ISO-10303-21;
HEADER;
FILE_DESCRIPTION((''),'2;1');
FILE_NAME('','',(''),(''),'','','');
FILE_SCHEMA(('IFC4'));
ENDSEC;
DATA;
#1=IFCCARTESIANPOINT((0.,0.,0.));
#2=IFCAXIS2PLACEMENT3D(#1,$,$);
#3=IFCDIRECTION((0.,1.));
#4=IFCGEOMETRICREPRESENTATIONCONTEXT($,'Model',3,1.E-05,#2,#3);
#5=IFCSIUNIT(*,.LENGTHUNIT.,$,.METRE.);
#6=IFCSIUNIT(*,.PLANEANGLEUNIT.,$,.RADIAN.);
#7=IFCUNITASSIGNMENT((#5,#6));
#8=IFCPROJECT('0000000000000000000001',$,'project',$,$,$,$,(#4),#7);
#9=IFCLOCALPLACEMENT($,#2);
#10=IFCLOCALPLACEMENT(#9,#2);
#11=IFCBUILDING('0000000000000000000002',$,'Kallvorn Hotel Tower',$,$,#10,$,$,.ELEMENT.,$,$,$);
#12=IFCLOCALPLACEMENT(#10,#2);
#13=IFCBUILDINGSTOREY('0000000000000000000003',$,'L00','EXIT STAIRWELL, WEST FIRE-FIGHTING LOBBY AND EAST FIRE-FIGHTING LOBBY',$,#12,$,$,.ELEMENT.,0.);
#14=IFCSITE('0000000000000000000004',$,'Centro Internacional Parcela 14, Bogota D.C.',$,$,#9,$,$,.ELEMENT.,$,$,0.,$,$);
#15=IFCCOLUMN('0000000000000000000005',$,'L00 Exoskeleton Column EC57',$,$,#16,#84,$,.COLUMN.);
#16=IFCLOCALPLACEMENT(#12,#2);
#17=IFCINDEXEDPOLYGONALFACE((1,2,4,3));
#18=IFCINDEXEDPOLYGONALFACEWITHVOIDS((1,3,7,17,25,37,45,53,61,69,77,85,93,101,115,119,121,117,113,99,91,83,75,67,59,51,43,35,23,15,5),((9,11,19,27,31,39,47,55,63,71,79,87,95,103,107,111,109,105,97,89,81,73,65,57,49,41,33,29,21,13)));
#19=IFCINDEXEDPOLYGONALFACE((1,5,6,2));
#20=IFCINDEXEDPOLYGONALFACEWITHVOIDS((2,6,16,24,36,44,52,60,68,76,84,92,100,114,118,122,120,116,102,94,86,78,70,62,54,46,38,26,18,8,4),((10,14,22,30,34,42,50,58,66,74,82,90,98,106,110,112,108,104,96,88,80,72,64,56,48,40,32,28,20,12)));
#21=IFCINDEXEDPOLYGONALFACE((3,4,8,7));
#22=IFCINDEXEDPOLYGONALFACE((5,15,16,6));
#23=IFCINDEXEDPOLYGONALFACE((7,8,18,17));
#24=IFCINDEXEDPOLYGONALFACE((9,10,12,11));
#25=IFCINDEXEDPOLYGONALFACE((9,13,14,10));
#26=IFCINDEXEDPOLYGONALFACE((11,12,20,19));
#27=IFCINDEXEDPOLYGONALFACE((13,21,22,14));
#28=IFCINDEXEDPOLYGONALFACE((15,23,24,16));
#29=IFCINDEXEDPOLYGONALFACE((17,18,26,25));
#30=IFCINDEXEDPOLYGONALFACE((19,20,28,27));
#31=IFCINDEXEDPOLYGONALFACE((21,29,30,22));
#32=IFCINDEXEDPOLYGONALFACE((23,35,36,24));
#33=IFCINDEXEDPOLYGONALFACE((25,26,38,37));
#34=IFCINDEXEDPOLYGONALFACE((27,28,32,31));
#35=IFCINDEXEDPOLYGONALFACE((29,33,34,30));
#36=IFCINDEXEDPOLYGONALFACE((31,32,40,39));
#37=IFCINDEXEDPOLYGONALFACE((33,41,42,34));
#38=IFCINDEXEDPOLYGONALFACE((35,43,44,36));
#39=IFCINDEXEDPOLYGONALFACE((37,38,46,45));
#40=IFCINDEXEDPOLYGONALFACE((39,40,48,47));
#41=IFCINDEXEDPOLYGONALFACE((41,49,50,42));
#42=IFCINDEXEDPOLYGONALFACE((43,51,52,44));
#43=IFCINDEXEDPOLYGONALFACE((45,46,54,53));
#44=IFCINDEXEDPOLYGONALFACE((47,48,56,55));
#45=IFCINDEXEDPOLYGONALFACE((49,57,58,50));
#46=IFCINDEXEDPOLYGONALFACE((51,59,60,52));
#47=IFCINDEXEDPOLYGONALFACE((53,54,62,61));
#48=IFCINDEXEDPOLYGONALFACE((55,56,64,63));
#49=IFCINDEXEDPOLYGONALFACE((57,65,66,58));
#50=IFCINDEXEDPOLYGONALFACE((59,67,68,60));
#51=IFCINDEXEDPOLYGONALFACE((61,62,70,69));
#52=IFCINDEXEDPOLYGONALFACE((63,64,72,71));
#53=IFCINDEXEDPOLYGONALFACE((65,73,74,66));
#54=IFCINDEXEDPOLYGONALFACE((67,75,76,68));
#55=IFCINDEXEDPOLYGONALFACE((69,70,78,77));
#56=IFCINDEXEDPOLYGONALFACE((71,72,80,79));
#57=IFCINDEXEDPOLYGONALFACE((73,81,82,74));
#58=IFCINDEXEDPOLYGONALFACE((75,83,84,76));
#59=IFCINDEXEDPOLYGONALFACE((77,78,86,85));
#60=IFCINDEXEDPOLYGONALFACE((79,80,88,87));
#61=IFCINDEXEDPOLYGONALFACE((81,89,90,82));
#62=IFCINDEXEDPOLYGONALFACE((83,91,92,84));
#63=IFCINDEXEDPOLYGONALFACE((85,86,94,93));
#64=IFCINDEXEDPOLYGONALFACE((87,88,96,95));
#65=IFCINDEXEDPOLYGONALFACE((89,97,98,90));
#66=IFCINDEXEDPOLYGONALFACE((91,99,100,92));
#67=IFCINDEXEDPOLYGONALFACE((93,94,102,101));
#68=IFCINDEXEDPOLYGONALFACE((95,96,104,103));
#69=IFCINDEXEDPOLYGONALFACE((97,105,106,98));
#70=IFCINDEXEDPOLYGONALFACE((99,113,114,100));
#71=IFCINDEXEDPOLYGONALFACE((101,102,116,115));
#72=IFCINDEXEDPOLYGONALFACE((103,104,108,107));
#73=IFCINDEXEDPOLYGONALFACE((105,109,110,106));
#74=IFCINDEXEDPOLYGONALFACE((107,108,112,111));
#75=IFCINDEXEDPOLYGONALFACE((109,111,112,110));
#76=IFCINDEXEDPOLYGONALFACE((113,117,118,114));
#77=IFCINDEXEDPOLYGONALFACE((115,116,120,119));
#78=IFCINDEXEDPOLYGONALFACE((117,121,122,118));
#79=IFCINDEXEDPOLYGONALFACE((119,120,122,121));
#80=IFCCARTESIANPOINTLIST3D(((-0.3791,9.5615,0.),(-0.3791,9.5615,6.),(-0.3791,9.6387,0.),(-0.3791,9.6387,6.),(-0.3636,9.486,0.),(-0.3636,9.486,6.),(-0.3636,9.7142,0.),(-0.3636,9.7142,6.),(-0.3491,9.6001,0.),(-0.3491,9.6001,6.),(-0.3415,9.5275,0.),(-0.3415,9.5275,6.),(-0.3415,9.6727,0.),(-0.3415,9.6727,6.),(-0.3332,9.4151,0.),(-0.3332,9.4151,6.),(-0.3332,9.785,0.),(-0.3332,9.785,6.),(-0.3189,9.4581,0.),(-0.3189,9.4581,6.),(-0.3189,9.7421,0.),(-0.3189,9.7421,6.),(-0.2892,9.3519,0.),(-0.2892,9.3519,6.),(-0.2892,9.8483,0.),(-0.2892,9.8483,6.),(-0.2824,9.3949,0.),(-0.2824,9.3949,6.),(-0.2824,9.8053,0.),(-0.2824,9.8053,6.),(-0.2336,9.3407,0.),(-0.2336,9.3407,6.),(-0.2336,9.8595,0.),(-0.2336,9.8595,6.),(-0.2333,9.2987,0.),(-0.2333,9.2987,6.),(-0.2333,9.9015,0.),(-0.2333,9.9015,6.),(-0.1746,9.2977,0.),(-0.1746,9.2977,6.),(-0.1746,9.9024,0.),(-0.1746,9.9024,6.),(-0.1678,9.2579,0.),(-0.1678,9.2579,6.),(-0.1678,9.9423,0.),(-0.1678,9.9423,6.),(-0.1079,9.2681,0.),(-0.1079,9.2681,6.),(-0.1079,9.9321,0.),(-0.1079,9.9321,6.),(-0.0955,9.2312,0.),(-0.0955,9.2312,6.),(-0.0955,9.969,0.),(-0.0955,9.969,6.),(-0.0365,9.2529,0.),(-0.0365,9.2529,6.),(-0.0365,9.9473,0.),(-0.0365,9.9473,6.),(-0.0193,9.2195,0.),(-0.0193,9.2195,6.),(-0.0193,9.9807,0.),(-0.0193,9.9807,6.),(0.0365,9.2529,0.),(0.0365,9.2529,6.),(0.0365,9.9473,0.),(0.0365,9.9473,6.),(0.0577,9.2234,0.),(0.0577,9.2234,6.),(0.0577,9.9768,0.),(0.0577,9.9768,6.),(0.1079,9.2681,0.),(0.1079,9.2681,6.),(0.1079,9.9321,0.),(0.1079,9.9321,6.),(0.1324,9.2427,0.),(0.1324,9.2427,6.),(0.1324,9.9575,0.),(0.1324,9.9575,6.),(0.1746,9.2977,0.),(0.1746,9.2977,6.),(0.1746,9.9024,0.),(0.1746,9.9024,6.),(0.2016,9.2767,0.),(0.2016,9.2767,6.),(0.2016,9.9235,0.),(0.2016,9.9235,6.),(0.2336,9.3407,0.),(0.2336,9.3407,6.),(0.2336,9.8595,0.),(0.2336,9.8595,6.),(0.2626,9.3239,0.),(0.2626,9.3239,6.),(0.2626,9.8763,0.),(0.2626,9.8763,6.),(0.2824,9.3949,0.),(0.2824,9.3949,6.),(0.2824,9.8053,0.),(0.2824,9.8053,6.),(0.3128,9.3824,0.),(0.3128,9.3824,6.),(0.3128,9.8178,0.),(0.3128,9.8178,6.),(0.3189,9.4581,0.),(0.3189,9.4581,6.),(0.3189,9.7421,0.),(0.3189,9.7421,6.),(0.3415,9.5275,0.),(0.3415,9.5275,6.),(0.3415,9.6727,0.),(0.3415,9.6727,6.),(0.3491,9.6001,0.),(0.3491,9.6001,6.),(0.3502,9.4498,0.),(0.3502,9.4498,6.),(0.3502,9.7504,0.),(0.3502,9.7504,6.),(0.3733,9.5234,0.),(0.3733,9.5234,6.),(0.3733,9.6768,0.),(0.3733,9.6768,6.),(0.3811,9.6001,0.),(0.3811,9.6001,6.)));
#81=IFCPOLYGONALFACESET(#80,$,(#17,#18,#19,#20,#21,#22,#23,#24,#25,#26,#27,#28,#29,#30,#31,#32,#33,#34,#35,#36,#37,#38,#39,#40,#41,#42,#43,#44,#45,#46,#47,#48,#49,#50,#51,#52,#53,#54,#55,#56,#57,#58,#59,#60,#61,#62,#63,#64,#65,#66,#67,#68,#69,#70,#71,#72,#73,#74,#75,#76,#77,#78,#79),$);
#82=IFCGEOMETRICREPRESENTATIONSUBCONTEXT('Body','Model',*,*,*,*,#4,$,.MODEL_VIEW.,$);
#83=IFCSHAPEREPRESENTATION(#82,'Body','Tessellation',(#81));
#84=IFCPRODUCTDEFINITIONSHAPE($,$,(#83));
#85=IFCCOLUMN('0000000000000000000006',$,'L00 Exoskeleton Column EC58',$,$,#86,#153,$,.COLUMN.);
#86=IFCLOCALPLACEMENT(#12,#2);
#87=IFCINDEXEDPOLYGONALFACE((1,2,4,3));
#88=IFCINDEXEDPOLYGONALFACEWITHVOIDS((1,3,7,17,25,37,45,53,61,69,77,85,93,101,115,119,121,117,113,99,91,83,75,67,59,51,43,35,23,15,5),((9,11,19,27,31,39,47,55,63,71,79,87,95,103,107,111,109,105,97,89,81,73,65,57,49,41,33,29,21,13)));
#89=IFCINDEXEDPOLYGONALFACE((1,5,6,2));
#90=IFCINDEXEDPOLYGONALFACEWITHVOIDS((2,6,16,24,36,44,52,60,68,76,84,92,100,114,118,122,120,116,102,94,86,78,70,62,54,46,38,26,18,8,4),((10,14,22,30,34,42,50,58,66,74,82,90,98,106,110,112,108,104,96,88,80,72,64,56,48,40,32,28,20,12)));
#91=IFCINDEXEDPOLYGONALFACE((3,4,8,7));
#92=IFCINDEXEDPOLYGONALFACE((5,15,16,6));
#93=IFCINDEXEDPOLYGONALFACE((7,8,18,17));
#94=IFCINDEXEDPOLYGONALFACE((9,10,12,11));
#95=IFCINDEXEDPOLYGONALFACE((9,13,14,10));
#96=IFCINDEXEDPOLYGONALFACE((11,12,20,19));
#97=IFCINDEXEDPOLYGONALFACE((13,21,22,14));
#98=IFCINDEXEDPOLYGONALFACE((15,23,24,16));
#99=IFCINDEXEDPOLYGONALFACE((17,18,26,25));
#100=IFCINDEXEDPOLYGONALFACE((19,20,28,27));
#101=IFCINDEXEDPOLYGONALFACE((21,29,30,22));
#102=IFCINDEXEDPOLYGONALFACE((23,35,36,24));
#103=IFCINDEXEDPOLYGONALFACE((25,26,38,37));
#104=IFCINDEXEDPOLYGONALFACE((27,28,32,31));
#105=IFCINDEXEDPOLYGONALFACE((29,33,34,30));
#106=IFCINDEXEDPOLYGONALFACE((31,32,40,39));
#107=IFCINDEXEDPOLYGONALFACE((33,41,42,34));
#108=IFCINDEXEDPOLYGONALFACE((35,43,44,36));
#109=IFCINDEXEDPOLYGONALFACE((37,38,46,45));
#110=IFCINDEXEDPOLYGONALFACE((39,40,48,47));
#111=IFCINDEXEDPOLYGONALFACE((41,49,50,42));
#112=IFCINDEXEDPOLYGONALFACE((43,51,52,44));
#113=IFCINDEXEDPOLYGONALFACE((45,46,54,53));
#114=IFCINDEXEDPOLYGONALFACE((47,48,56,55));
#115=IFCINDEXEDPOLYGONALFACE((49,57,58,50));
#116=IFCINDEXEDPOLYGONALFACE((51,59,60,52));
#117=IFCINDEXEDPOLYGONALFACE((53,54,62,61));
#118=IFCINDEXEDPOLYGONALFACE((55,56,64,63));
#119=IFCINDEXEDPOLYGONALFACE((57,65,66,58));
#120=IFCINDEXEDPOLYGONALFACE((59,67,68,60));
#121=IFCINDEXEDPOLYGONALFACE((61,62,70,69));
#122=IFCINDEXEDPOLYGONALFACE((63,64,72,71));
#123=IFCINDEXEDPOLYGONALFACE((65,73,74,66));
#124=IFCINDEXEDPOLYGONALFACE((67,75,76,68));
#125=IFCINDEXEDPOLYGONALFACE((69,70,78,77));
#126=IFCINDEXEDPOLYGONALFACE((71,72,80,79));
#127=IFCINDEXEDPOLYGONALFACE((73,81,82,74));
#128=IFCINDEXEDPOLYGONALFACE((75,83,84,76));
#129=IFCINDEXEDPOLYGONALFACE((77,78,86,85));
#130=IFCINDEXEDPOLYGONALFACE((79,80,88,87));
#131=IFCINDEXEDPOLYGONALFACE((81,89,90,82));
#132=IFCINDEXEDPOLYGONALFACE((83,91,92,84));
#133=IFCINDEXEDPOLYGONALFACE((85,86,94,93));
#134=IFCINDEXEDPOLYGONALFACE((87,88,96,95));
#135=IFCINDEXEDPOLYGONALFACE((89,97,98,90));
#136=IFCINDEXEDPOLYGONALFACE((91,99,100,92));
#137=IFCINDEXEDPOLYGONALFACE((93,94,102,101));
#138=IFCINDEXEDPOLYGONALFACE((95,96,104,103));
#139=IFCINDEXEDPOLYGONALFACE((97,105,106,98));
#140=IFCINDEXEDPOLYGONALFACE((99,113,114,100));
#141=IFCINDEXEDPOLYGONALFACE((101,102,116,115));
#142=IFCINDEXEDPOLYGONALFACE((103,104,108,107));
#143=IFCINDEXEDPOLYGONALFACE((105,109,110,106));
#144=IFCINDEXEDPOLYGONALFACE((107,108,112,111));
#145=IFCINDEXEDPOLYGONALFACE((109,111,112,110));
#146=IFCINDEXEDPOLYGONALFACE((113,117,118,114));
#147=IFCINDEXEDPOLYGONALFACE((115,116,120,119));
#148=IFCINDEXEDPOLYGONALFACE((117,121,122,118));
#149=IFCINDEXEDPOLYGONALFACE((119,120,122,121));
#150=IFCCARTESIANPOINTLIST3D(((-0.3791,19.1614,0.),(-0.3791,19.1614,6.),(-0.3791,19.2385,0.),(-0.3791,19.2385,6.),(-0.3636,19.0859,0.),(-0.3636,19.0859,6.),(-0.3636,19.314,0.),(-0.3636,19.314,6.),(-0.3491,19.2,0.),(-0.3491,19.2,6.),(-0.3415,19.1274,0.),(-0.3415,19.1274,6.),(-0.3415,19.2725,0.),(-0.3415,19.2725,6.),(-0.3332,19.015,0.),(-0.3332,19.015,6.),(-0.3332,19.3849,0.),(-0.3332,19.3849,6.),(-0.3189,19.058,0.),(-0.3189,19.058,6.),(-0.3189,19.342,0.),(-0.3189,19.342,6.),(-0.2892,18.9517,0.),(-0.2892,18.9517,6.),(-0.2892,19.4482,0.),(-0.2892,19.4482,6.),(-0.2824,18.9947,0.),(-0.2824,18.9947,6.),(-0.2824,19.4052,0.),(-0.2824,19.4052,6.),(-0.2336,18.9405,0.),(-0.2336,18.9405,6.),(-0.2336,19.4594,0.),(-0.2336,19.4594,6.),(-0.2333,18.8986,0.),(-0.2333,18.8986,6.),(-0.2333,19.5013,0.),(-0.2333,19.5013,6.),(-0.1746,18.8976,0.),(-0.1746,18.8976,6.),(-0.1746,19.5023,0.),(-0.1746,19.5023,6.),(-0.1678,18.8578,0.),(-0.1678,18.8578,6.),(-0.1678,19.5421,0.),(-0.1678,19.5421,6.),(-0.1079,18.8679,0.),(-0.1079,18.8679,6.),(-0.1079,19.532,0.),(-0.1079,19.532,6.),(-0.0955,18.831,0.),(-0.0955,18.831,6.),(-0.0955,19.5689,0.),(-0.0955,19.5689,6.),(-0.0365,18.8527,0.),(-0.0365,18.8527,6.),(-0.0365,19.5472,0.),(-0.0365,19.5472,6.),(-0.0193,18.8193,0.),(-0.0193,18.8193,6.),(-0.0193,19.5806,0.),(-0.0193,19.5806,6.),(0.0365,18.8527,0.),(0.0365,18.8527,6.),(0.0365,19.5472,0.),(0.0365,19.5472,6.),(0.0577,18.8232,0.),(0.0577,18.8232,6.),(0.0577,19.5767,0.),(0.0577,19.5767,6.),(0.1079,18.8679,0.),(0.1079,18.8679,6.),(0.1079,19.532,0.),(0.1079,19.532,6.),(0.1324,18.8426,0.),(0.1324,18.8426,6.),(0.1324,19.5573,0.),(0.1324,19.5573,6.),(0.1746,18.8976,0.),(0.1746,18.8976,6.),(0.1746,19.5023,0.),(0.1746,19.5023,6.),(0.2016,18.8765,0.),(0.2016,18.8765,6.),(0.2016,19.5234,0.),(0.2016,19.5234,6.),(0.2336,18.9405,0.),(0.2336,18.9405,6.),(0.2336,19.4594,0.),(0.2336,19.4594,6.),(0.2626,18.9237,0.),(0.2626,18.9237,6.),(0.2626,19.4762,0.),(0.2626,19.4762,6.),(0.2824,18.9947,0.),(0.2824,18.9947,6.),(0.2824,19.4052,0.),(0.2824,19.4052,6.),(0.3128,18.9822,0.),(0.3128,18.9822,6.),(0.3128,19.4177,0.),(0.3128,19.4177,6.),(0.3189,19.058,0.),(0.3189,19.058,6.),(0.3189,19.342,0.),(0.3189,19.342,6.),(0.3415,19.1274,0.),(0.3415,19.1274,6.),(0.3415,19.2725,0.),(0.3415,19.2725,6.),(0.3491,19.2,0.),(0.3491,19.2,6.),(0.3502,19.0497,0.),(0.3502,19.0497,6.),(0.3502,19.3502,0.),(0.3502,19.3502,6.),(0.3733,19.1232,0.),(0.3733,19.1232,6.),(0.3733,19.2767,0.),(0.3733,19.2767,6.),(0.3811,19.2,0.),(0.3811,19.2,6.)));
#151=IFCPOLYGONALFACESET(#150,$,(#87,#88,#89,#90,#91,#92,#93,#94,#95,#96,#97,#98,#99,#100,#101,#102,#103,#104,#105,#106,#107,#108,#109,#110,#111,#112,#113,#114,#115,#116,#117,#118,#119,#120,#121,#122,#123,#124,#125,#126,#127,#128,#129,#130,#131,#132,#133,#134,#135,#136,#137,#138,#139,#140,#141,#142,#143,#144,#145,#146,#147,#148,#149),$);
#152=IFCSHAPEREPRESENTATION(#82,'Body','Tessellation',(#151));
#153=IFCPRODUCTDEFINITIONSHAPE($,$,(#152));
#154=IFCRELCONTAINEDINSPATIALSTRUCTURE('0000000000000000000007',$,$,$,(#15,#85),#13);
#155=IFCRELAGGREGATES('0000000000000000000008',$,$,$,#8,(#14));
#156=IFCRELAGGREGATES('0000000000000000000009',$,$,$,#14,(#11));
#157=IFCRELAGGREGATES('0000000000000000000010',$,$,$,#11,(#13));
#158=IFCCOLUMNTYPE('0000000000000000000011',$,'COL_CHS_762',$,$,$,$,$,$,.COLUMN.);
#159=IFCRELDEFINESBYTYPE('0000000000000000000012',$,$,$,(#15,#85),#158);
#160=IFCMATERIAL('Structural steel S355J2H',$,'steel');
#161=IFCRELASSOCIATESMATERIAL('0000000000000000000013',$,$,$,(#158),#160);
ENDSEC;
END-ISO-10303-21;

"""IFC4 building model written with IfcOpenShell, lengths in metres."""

from ifc_helpers import new_model, si_unit, direction, frame, origin, origin_2d, place, context, subcontext, project, spatial, hollow_circle, extrude, material, material_profile, profile_set, type_object, element, save


model = new_model("IFC4")

# Units and contexts
model_context = context("Model", 3, precision=1e-05, world=origin(), true_north=direction((0.0, 1.0)))
body_context = subcontext(model_context, "Body", "Model", "MODEL_VIEW")
ifc_project = project(units=[si_unit("LENGTHUNIT", "METRE"), si_unit("PLANEANGLEUNIT", "RADIAN")], contexts=[model_context])

# Site, building, storey
site_placement = place(None, origin())
site = spatial("IfcSite", under=ifc_project, at=site_placement, Name="Centro Internacional Parcela 14, Bogota D.C.", CompositionType="ELEMENT", RefElevation=0.0)
building_placement = place(site_placement, origin())
building = spatial("IfcBuilding", under=site, at=building_placement, Name="Kallvorn Hotel Tower", CompositionType="ELEMENT")
storey_placement = place(building_placement, origin())
storey = spatial("IfcBuildingStorey", under=building, at=storey_placement, Name="L00", Description="EXIT STAIRWELL, WEST FIRE-FIGHTING LOBBY AND EAST FIRE-FIGHTING LOBBY", CompositionType="ELEMENT", Elevation=0.0)

# Columns
ifc_material_1 = material(Name="Structural steel S355J2H", Category="steel")
ifc_material_profile_1 = material_profile(ifc_material_1, hollow_circle(Radius=0.3811, WallThickness=0.032, at=origin_2d()), Name="CHS 762x32")
ifc_profile_set_1 = profile_set([ifc_material_profile_1], Name="Structural steel S355J2H")
column_type_1 = type_object("IfcColumnType", Name="COL_CHS_762", PredefinedType="COLUMN", material=ifc_profile_set_1)
for number, where, z_axis, x_axis, name in (
    (1, (0.0, 9.6001, 0.0), (0.0, 0.0, 1.0), (1.0, 0.0, 0.0), "L00 Exoskeleton Column EC57"),
    (2, (0.0, 19.2, 0.0), (0.0, 0.0, 1.0), (1.0, 0.0, 0.0), "L00 Exoskeleton Column EC58"),
):
    element("IfcColumn", number, at=place(storey_placement, frame(where, z_axis=z_axis, x_axis=x_axis)), inside=storey, type_object=column_type_1, Name=name, PredefinedType="COLUMN", context=body_context, shape_type="SweptSolid", body=[
        extrude(hollow_circle(Radius=0.3811, WallThickness=0.032, at=origin_2d()), origin(), (0.0, 0.0, 1.0), 6.0),
    ])

save(model, "model.ifc")
